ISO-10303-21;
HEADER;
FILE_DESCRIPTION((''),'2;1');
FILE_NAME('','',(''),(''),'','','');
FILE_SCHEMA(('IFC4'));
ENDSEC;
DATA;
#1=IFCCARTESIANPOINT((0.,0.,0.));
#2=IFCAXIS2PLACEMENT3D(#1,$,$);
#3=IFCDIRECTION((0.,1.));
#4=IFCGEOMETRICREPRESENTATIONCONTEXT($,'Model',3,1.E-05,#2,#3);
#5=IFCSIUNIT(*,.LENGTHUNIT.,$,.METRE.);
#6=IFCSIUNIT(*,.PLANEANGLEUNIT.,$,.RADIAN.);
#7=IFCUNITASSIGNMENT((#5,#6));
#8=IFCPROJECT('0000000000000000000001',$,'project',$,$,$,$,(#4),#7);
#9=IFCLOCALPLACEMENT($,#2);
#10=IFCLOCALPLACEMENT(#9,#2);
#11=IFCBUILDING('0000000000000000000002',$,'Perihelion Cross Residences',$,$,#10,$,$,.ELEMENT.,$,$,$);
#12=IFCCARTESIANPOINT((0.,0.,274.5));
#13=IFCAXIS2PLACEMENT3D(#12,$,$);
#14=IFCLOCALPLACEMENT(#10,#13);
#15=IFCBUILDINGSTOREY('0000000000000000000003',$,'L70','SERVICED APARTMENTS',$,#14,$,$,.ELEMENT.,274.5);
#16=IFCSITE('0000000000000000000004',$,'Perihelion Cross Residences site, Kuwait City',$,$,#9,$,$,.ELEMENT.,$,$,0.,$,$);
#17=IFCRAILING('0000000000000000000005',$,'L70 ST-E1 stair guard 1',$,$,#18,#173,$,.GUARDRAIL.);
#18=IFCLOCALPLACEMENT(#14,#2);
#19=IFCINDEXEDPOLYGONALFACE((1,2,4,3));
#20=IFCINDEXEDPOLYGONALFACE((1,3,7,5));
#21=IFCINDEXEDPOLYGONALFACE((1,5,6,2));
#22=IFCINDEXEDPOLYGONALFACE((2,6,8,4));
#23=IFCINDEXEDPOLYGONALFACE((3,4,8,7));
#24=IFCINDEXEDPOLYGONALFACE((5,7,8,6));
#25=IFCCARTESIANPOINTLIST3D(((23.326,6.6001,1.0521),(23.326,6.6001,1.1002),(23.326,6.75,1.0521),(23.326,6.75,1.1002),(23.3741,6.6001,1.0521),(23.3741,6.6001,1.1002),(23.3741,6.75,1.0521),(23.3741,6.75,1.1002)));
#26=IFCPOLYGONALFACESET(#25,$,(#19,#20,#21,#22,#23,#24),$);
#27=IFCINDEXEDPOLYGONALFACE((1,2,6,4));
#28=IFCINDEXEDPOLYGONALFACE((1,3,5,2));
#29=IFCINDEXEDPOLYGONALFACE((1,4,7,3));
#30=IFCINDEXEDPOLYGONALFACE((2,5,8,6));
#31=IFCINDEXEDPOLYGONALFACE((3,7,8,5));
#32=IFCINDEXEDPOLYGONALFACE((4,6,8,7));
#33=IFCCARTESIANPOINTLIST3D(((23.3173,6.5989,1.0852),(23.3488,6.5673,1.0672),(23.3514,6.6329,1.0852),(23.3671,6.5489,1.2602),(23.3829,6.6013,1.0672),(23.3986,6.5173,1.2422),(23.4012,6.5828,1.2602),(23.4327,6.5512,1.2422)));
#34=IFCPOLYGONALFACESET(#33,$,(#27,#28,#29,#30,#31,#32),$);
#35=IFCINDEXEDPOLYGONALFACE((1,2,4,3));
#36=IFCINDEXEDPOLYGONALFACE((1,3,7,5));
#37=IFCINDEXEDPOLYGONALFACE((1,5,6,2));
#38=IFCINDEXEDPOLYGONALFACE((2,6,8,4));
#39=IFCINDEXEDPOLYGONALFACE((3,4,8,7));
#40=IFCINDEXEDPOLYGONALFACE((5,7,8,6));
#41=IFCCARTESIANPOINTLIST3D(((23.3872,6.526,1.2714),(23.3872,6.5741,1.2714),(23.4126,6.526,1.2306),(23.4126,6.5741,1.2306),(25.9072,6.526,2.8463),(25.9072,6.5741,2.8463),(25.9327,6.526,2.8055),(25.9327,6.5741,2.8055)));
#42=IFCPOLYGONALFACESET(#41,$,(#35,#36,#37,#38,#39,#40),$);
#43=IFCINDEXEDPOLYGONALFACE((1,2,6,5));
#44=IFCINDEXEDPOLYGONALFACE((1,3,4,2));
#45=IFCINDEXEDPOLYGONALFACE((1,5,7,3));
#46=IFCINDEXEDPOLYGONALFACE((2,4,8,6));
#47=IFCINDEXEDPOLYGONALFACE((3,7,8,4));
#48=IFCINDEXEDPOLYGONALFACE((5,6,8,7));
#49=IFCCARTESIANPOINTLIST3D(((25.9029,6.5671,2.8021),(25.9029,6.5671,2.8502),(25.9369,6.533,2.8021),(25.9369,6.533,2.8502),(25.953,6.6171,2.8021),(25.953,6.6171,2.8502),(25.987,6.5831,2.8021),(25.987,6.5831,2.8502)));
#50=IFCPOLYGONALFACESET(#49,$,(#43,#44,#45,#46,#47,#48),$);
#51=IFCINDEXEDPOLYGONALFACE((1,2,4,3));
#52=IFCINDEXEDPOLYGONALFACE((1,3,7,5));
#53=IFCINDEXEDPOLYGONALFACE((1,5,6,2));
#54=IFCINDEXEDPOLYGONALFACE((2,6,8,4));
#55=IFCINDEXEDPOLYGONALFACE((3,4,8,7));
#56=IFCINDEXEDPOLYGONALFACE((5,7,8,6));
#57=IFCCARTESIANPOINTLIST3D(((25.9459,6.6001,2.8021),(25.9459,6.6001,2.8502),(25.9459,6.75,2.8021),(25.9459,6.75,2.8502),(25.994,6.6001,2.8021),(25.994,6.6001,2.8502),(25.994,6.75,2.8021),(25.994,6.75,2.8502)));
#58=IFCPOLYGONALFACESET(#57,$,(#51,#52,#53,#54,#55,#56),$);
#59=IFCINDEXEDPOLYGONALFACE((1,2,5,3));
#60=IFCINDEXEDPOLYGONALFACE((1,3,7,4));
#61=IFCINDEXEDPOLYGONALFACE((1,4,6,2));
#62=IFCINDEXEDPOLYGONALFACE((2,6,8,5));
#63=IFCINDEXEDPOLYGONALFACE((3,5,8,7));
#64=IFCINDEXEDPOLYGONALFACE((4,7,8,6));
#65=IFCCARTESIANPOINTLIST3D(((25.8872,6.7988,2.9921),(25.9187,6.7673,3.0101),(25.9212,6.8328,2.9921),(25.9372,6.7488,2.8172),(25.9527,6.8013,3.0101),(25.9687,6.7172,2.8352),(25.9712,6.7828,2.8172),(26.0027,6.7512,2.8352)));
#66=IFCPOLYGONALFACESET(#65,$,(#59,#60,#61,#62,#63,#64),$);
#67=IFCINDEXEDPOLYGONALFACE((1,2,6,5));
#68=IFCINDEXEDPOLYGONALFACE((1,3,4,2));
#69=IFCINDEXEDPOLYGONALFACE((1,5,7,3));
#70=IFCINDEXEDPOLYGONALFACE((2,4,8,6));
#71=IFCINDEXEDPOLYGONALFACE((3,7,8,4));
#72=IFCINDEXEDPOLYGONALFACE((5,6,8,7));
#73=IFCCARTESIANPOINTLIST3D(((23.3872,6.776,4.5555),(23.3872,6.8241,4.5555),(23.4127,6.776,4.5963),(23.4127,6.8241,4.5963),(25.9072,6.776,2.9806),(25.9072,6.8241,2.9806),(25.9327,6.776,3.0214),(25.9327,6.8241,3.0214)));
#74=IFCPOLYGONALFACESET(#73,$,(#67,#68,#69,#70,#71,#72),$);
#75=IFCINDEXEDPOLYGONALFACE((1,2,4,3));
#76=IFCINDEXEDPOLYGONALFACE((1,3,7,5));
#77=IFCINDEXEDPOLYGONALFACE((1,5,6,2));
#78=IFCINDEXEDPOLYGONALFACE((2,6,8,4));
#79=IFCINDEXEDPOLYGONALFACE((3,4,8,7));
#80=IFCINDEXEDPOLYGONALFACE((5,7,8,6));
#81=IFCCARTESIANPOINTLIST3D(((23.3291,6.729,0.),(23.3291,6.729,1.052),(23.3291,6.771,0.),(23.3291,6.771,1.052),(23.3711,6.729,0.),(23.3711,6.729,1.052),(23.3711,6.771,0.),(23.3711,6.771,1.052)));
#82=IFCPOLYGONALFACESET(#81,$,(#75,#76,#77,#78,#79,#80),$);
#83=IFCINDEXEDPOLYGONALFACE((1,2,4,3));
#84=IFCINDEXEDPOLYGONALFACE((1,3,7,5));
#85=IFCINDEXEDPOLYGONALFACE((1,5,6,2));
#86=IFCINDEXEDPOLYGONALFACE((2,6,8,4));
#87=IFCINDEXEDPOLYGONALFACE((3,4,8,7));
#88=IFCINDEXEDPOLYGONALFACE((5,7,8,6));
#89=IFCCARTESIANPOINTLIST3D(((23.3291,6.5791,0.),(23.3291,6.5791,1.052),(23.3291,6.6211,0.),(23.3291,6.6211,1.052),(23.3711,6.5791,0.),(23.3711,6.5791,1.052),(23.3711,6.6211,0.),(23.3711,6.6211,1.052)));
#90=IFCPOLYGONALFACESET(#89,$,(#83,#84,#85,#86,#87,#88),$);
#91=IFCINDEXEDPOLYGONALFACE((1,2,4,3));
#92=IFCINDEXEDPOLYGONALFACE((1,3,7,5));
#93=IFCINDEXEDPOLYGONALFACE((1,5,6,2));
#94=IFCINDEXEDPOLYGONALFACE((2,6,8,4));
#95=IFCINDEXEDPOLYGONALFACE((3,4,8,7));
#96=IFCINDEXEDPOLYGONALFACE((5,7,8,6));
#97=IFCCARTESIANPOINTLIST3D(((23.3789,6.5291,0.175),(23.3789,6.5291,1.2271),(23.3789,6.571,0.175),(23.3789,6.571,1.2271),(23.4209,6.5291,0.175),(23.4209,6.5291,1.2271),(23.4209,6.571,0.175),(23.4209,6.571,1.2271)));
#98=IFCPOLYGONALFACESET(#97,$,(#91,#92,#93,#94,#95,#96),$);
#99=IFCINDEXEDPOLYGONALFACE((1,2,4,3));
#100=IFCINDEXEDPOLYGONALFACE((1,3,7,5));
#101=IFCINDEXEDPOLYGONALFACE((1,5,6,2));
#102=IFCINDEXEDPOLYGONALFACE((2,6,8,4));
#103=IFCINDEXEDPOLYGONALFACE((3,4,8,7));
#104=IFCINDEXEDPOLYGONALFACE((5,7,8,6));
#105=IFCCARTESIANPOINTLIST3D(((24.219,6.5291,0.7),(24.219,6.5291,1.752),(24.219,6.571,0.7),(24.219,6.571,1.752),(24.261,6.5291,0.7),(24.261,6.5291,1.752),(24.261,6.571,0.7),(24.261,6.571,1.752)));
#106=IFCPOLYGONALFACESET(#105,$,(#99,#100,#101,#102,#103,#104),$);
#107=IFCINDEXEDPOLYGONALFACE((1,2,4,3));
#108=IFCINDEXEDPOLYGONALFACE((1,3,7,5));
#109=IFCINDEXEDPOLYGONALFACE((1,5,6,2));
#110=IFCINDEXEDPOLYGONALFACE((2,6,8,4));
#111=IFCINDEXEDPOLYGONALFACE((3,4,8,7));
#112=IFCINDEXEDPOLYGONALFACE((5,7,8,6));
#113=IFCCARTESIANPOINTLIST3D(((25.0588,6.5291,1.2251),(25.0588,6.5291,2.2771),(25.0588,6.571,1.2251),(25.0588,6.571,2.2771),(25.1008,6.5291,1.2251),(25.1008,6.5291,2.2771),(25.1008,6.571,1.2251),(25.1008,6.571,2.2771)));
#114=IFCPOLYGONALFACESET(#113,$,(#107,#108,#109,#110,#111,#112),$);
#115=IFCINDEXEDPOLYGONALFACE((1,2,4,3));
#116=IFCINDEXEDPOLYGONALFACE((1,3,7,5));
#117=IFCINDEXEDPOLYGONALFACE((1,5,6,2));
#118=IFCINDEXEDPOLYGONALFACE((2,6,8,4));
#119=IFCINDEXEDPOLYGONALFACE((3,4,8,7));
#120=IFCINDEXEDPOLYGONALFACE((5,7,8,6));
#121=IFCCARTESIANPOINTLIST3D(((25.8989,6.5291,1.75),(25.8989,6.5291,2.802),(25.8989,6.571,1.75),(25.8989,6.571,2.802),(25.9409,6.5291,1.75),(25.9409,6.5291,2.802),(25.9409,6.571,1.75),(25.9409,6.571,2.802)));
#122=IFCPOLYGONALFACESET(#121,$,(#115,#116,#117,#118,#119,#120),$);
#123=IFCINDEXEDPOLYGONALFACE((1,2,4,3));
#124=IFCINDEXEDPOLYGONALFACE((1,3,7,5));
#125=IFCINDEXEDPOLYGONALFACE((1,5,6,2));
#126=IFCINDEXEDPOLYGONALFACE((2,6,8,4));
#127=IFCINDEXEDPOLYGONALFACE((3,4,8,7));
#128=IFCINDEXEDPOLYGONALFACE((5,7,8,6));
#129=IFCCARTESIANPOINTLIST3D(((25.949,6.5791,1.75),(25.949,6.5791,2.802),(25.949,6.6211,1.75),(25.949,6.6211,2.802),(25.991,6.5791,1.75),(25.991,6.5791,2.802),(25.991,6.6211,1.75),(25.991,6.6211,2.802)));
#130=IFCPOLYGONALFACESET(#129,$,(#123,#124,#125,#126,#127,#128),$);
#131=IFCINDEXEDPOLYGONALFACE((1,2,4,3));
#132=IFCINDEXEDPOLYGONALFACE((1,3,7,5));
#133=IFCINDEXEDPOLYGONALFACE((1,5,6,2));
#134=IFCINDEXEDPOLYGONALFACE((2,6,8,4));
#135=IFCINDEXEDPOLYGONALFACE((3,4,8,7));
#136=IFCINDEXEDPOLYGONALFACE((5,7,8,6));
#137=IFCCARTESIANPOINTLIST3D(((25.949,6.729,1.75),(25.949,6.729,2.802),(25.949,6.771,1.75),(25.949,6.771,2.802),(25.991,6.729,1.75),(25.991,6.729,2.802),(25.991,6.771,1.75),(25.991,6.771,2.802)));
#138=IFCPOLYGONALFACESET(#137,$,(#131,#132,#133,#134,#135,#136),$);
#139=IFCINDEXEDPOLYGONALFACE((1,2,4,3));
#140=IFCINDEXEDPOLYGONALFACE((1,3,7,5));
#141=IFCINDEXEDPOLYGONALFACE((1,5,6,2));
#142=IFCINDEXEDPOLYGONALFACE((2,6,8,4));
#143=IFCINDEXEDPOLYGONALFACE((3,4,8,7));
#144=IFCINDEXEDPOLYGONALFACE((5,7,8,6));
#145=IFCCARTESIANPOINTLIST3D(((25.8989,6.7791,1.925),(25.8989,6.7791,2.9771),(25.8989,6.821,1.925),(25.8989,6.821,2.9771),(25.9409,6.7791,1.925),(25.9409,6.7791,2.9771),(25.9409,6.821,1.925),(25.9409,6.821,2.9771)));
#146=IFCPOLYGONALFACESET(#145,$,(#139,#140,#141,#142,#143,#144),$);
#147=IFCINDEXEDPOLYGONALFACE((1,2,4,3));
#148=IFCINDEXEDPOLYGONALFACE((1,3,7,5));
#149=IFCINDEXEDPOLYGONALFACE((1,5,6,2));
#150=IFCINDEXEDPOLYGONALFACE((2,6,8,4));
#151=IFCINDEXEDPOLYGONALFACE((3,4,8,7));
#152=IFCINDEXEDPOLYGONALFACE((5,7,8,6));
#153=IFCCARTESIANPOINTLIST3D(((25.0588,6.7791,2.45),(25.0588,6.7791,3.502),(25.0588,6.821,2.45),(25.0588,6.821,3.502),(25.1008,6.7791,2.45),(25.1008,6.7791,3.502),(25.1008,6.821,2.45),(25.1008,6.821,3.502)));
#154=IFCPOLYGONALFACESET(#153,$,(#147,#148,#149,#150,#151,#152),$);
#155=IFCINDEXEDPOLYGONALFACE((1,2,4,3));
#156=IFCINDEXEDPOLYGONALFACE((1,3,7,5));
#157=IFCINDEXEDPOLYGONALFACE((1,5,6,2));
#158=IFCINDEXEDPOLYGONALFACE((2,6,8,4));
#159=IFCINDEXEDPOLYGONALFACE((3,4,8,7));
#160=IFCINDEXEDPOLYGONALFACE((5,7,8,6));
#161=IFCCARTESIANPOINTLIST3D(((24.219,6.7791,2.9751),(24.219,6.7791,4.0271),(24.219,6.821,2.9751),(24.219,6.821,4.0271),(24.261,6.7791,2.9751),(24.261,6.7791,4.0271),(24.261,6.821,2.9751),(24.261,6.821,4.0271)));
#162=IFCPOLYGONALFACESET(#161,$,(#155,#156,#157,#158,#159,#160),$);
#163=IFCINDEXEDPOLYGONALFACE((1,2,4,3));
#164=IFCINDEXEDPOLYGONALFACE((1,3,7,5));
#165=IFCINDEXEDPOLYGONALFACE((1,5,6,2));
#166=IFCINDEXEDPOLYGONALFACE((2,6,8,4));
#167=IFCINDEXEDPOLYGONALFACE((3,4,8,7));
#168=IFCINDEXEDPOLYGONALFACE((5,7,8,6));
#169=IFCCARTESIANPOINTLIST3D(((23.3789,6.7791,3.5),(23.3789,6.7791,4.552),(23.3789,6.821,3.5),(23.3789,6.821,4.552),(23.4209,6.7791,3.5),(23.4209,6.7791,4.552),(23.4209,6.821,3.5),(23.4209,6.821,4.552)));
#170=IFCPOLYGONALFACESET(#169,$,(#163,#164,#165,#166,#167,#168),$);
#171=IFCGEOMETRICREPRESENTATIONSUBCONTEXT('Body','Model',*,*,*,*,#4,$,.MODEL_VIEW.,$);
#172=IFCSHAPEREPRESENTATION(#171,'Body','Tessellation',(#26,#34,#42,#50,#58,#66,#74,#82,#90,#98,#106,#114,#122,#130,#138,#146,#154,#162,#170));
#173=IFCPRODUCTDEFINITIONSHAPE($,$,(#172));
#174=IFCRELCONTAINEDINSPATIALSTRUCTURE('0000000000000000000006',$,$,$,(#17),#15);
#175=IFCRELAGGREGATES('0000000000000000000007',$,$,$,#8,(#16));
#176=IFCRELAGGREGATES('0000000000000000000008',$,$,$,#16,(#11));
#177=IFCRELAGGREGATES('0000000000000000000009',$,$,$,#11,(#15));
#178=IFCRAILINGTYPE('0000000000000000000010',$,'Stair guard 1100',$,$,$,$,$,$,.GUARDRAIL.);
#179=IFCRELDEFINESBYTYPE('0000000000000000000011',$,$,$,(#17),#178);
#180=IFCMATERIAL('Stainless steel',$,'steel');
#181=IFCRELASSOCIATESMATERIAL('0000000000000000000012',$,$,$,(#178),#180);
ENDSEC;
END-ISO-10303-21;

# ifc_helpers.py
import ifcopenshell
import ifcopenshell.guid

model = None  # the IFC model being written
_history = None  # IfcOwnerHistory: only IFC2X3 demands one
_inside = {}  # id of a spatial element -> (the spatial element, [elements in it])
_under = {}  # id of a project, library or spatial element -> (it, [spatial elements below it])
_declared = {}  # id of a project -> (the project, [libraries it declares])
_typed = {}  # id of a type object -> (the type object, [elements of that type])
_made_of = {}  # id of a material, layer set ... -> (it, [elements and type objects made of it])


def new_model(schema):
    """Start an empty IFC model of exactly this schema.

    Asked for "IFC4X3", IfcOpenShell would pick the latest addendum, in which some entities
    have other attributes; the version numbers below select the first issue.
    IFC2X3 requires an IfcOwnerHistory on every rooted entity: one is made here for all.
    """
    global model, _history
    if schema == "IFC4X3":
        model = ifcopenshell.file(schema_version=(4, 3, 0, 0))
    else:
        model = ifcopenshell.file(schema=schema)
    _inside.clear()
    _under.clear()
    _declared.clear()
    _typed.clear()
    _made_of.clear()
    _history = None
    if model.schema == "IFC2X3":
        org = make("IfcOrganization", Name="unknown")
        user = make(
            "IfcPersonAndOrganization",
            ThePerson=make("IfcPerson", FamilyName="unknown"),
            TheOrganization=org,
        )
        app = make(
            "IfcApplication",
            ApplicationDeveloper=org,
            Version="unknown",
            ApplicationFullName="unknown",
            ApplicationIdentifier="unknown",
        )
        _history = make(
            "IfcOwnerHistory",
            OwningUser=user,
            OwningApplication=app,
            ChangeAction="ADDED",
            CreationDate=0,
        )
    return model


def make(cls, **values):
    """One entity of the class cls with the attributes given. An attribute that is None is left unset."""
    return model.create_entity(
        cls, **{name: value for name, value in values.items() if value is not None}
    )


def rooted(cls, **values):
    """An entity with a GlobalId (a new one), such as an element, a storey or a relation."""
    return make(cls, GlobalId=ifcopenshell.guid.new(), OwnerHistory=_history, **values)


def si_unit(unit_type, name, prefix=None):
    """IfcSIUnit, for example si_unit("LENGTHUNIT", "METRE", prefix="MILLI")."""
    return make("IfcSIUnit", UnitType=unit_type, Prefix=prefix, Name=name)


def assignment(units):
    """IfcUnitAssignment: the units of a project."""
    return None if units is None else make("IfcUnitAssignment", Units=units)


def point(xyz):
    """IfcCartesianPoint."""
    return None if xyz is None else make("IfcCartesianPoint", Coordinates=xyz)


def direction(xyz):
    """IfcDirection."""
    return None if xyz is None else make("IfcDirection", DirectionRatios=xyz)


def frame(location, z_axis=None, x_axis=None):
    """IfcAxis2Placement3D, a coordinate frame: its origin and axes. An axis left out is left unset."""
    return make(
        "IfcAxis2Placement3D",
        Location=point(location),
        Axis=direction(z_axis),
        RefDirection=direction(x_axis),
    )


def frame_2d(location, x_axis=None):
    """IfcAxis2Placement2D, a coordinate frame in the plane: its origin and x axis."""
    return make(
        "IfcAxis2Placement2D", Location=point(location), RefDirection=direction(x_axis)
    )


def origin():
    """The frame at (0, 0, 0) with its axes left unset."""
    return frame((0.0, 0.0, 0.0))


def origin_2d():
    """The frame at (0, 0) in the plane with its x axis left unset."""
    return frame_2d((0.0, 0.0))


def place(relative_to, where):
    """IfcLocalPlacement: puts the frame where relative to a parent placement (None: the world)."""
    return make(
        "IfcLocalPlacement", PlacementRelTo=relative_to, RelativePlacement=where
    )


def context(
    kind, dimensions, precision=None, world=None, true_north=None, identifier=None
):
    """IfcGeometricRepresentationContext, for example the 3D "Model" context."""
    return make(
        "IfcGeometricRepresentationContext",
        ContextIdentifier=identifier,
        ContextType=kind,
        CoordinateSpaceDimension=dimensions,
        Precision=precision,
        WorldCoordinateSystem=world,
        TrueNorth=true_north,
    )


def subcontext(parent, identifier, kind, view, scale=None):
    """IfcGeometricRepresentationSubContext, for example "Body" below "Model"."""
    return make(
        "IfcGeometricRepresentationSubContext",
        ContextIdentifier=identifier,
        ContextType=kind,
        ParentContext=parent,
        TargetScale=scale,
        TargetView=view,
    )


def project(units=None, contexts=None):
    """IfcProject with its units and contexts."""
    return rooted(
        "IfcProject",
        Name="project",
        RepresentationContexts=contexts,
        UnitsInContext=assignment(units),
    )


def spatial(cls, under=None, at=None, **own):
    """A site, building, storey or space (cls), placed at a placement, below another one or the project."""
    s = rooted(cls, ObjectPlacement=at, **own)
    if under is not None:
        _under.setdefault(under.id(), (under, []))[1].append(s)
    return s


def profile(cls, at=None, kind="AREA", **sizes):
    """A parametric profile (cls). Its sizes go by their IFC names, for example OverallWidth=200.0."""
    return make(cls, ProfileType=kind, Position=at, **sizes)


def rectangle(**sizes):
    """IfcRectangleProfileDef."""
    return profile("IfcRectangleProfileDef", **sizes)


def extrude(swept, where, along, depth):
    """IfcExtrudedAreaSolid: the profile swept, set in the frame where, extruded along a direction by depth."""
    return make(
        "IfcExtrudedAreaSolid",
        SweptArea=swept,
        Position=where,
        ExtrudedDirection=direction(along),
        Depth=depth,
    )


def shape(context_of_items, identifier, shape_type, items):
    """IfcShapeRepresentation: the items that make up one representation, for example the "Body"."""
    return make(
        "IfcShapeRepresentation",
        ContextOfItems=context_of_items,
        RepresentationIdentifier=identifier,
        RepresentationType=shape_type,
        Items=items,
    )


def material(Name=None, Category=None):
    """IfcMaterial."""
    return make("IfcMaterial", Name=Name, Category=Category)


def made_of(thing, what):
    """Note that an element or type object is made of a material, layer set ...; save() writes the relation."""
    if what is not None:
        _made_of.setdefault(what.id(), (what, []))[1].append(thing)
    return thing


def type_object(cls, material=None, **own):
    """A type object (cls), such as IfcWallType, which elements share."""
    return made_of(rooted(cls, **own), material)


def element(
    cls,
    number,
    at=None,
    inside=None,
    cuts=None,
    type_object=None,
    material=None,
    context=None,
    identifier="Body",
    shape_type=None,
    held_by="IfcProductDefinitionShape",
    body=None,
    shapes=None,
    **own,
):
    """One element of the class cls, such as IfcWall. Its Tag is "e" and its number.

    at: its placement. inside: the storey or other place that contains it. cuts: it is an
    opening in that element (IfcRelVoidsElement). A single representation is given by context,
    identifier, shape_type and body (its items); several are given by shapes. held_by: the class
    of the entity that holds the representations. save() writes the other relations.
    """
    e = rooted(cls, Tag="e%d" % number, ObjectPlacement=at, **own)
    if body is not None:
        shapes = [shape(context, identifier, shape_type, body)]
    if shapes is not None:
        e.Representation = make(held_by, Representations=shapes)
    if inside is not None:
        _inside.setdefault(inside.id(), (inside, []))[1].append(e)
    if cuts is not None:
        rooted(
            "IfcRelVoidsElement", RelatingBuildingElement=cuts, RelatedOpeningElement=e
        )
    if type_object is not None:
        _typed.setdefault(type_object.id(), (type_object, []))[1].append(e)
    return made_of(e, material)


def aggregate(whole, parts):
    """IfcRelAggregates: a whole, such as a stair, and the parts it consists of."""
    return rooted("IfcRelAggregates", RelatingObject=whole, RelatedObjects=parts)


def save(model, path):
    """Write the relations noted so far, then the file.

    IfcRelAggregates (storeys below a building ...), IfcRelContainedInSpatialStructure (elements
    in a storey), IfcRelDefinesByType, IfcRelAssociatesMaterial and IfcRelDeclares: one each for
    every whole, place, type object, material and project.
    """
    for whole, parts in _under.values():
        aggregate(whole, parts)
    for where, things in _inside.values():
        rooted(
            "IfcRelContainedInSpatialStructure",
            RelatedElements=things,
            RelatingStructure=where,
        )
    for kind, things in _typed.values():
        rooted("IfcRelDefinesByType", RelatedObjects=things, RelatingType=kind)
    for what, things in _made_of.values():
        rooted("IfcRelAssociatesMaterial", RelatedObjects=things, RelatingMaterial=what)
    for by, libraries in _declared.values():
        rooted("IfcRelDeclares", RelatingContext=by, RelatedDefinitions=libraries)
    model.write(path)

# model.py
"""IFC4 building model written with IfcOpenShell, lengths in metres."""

from ifc_helpers import new_model, si_unit, direction, frame, origin, origin_2d, place, context, subcontext, project, spatial, rectangle, extrude, material, type_object, element, save


model = new_model("IFC4")

# Units and contexts
model_context = context("Model", 3, precision=1e-05, world=origin(), true_north=direction((0.0, 1.0)))
body_context = subcontext(model_context, "Body", "Model", "MODEL_VIEW")
ifc_project = project(units=[si_unit("LENGTHUNIT", "METRE"), si_unit("PLANEANGLEUNIT", "RADIAN")], contexts=[model_context])

# Site, building, storey
site_placement = place(None, origin())
site = spatial("IfcSite", under=ifc_project, at=site_placement, Name="Perihelion Cross Residences site, Kuwait City", CompositionType="ELEMENT", RefElevation=0.0)
building_placement = place(site_placement, origin())
building = spatial("IfcBuilding", under=site, at=building_placement, Name="Perihelion Cross Residences", CompositionType="ELEMENT")
storey_placement = place(building_placement, frame((0.0, 0.0, 274.5)))
storey = spatial("IfcBuildingStorey", under=building, at=storey_placement, Name="L70", Description="SERVICED APARTMENTS", CompositionType="ELEMENT", Elevation=274.5)

# Railing
ifc_material_1 = material(Name="Stainless steel", Category="steel")
railing_type_1 = type_object("IfcRailingType", Name="Stair guard 1100", PredefinedType="GUARDRAIL", material=ifc_material_1)
railing_1_placement = place(storey_placement, frame((23.3501, 6.75, 0.0)))
element("IfcRailing", 1, at=railing_1_placement, inside=storey, type_object=railing_type_1, Name="L70 ST-E1 stair guard 1", PredefinedType="GUARDRAIL", context=body_context, shape_type="SweptSolid", body=[
    extrude(rectangle(XDim=0.0481, YDim=0.0481, at=origin_2d()), frame((0.0, 0.0, 1.0762), z_axis=(0.0, -1.0, 0.0), x_axis=(1.0, 0.0, 0.0)), (0.0, 0.0, 1.0), 0.1499),
    extrude(rectangle(XDim=0.0481, YDim=0.0481, at=origin_2d()), frame((0.0, -0.1499, 1.0762), z_axis=(0.263862, -0.265156, 0.927399), x_axis=(0.708834, 0.705376, 0.0)), (0.0, 0.0, 1.0), 0.1887),
    extrude(rectangle(XDim=0.0481, YDim=0.0481, at=origin_2d()), frame((0.0498, -0.2, 1.251), z_axis=(0.848008, 0.0, 0.529984), x_axis=(0.0, 1.0, 0.0)), (0.0, 0.0, 1.0), 2.9717),
    extrude(rectangle(XDim=0.0481, YDim=0.0481, at=origin_2d()), frame((2.5698, -0.2, 2.8262), z_axis=(0.707107, 0.707107, 0.0), x_axis=(-0.707107, 0.707107, 0.0)), (0.0, 0.0, 1.0), 0.0708),
    extrude(rectangle(XDim=0.0481, YDim=0.0481, at=origin_2d()), frame((2.6199, -0.1499, 2.8262), z_axis=(0.0, 1.0, 0.0), x_axis=(-1.0, 0.0, 0.0)), (0.0, 0.0, 1.0), 0.1499),
    extrude(rectangle(XDim=0.0481, YDim=0.0481, at=origin_2d()), frame((2.6199, 0.0, 2.8262), z_axis=(-0.265065, 0.265065, 0.927082), x_axis=(-0.707107, -0.707107, 0.0)), (0.0, 0.0, 1.0), 0.1887),
    extrude(rectangle(XDim=0.0481, YDim=0.0481, at=origin_2d()), frame((2.5698, 0.05, 3.001), z_axis=(-0.848008, 0.0, 0.529984), x_axis=(0.0, -1.0, 0.0)), (0.0, 0.0, 1.0), 2.9717),
    extrude(rectangle(XDim=0.042, YDim=0.042, at=origin_2d()), origin(), (0.0, 0.0, 1.0), 1.052),
    extrude(rectangle(XDim=0.042, YDim=0.042, at=origin_2d()), frame((0.0, -0.1499, 0.0)), (0.0, 0.0, 1.0), 1.052),
    extrude(rectangle(XDim=0.042, YDim=0.042, at=origin_2d()), frame((0.0498, -0.2, 0.175)), (0.0, 0.0, 1.0), 1.052),
    extrude(rectangle(XDim=0.042, YDim=0.042, at=origin_2d()), frame((0.8899, -0.2, 0.7)), (0.0, 0.0, 1.0), 1.052),
    extrude(rectangle(XDim=0.042, YDim=0.042, at=origin_2d()), frame((1.7297, -0.2, 1.2251)), (0.0, 0.0, 1.0), 1.052),
    extrude(rectangle(XDim=0.042, YDim=0.042, at=origin_2d()), frame((2.5698, -0.2, 1.75)), (0.0, 0.0, 1.0), 1.052),
    extrude(rectangle(XDim=0.042, YDim=0.042, at=origin_2d()), frame((2.6199, -0.1499, 1.75)), (0.0, 0.0, 1.0), 1.052),
    extrude(rectangle(XDim=0.042, YDim=0.042, at=origin_2d()), frame((2.6199, 0.0, 1.75)), (0.0, 0.0, 1.0), 1.052),
    extrude(rectangle(XDim=0.042, YDim=0.042, at=origin_2d()), frame((2.5698, 0.05, 1.925)), (0.0, 0.0, 1.0), 1.052),
    extrude(rectangle(XDim=0.042, YDim=0.042, at=origin_2d()), frame((1.7297, 0.05, 2.45)), (0.0, 0.0, 1.0), 1.052),
    extrude(rectangle(XDim=0.042, YDim=0.042, at=origin_2d()), frame((0.8899, 0.05, 2.9751)), (0.0, 0.0, 1.0), 1.052),
    extrude(rectangle(XDim=0.042, YDim=0.042, at=origin_2d()), frame((0.0498, 0.05, 3.5)), (0.0, 0.0, 1.0), 1.052),
])

save(model, "model.ifc")
